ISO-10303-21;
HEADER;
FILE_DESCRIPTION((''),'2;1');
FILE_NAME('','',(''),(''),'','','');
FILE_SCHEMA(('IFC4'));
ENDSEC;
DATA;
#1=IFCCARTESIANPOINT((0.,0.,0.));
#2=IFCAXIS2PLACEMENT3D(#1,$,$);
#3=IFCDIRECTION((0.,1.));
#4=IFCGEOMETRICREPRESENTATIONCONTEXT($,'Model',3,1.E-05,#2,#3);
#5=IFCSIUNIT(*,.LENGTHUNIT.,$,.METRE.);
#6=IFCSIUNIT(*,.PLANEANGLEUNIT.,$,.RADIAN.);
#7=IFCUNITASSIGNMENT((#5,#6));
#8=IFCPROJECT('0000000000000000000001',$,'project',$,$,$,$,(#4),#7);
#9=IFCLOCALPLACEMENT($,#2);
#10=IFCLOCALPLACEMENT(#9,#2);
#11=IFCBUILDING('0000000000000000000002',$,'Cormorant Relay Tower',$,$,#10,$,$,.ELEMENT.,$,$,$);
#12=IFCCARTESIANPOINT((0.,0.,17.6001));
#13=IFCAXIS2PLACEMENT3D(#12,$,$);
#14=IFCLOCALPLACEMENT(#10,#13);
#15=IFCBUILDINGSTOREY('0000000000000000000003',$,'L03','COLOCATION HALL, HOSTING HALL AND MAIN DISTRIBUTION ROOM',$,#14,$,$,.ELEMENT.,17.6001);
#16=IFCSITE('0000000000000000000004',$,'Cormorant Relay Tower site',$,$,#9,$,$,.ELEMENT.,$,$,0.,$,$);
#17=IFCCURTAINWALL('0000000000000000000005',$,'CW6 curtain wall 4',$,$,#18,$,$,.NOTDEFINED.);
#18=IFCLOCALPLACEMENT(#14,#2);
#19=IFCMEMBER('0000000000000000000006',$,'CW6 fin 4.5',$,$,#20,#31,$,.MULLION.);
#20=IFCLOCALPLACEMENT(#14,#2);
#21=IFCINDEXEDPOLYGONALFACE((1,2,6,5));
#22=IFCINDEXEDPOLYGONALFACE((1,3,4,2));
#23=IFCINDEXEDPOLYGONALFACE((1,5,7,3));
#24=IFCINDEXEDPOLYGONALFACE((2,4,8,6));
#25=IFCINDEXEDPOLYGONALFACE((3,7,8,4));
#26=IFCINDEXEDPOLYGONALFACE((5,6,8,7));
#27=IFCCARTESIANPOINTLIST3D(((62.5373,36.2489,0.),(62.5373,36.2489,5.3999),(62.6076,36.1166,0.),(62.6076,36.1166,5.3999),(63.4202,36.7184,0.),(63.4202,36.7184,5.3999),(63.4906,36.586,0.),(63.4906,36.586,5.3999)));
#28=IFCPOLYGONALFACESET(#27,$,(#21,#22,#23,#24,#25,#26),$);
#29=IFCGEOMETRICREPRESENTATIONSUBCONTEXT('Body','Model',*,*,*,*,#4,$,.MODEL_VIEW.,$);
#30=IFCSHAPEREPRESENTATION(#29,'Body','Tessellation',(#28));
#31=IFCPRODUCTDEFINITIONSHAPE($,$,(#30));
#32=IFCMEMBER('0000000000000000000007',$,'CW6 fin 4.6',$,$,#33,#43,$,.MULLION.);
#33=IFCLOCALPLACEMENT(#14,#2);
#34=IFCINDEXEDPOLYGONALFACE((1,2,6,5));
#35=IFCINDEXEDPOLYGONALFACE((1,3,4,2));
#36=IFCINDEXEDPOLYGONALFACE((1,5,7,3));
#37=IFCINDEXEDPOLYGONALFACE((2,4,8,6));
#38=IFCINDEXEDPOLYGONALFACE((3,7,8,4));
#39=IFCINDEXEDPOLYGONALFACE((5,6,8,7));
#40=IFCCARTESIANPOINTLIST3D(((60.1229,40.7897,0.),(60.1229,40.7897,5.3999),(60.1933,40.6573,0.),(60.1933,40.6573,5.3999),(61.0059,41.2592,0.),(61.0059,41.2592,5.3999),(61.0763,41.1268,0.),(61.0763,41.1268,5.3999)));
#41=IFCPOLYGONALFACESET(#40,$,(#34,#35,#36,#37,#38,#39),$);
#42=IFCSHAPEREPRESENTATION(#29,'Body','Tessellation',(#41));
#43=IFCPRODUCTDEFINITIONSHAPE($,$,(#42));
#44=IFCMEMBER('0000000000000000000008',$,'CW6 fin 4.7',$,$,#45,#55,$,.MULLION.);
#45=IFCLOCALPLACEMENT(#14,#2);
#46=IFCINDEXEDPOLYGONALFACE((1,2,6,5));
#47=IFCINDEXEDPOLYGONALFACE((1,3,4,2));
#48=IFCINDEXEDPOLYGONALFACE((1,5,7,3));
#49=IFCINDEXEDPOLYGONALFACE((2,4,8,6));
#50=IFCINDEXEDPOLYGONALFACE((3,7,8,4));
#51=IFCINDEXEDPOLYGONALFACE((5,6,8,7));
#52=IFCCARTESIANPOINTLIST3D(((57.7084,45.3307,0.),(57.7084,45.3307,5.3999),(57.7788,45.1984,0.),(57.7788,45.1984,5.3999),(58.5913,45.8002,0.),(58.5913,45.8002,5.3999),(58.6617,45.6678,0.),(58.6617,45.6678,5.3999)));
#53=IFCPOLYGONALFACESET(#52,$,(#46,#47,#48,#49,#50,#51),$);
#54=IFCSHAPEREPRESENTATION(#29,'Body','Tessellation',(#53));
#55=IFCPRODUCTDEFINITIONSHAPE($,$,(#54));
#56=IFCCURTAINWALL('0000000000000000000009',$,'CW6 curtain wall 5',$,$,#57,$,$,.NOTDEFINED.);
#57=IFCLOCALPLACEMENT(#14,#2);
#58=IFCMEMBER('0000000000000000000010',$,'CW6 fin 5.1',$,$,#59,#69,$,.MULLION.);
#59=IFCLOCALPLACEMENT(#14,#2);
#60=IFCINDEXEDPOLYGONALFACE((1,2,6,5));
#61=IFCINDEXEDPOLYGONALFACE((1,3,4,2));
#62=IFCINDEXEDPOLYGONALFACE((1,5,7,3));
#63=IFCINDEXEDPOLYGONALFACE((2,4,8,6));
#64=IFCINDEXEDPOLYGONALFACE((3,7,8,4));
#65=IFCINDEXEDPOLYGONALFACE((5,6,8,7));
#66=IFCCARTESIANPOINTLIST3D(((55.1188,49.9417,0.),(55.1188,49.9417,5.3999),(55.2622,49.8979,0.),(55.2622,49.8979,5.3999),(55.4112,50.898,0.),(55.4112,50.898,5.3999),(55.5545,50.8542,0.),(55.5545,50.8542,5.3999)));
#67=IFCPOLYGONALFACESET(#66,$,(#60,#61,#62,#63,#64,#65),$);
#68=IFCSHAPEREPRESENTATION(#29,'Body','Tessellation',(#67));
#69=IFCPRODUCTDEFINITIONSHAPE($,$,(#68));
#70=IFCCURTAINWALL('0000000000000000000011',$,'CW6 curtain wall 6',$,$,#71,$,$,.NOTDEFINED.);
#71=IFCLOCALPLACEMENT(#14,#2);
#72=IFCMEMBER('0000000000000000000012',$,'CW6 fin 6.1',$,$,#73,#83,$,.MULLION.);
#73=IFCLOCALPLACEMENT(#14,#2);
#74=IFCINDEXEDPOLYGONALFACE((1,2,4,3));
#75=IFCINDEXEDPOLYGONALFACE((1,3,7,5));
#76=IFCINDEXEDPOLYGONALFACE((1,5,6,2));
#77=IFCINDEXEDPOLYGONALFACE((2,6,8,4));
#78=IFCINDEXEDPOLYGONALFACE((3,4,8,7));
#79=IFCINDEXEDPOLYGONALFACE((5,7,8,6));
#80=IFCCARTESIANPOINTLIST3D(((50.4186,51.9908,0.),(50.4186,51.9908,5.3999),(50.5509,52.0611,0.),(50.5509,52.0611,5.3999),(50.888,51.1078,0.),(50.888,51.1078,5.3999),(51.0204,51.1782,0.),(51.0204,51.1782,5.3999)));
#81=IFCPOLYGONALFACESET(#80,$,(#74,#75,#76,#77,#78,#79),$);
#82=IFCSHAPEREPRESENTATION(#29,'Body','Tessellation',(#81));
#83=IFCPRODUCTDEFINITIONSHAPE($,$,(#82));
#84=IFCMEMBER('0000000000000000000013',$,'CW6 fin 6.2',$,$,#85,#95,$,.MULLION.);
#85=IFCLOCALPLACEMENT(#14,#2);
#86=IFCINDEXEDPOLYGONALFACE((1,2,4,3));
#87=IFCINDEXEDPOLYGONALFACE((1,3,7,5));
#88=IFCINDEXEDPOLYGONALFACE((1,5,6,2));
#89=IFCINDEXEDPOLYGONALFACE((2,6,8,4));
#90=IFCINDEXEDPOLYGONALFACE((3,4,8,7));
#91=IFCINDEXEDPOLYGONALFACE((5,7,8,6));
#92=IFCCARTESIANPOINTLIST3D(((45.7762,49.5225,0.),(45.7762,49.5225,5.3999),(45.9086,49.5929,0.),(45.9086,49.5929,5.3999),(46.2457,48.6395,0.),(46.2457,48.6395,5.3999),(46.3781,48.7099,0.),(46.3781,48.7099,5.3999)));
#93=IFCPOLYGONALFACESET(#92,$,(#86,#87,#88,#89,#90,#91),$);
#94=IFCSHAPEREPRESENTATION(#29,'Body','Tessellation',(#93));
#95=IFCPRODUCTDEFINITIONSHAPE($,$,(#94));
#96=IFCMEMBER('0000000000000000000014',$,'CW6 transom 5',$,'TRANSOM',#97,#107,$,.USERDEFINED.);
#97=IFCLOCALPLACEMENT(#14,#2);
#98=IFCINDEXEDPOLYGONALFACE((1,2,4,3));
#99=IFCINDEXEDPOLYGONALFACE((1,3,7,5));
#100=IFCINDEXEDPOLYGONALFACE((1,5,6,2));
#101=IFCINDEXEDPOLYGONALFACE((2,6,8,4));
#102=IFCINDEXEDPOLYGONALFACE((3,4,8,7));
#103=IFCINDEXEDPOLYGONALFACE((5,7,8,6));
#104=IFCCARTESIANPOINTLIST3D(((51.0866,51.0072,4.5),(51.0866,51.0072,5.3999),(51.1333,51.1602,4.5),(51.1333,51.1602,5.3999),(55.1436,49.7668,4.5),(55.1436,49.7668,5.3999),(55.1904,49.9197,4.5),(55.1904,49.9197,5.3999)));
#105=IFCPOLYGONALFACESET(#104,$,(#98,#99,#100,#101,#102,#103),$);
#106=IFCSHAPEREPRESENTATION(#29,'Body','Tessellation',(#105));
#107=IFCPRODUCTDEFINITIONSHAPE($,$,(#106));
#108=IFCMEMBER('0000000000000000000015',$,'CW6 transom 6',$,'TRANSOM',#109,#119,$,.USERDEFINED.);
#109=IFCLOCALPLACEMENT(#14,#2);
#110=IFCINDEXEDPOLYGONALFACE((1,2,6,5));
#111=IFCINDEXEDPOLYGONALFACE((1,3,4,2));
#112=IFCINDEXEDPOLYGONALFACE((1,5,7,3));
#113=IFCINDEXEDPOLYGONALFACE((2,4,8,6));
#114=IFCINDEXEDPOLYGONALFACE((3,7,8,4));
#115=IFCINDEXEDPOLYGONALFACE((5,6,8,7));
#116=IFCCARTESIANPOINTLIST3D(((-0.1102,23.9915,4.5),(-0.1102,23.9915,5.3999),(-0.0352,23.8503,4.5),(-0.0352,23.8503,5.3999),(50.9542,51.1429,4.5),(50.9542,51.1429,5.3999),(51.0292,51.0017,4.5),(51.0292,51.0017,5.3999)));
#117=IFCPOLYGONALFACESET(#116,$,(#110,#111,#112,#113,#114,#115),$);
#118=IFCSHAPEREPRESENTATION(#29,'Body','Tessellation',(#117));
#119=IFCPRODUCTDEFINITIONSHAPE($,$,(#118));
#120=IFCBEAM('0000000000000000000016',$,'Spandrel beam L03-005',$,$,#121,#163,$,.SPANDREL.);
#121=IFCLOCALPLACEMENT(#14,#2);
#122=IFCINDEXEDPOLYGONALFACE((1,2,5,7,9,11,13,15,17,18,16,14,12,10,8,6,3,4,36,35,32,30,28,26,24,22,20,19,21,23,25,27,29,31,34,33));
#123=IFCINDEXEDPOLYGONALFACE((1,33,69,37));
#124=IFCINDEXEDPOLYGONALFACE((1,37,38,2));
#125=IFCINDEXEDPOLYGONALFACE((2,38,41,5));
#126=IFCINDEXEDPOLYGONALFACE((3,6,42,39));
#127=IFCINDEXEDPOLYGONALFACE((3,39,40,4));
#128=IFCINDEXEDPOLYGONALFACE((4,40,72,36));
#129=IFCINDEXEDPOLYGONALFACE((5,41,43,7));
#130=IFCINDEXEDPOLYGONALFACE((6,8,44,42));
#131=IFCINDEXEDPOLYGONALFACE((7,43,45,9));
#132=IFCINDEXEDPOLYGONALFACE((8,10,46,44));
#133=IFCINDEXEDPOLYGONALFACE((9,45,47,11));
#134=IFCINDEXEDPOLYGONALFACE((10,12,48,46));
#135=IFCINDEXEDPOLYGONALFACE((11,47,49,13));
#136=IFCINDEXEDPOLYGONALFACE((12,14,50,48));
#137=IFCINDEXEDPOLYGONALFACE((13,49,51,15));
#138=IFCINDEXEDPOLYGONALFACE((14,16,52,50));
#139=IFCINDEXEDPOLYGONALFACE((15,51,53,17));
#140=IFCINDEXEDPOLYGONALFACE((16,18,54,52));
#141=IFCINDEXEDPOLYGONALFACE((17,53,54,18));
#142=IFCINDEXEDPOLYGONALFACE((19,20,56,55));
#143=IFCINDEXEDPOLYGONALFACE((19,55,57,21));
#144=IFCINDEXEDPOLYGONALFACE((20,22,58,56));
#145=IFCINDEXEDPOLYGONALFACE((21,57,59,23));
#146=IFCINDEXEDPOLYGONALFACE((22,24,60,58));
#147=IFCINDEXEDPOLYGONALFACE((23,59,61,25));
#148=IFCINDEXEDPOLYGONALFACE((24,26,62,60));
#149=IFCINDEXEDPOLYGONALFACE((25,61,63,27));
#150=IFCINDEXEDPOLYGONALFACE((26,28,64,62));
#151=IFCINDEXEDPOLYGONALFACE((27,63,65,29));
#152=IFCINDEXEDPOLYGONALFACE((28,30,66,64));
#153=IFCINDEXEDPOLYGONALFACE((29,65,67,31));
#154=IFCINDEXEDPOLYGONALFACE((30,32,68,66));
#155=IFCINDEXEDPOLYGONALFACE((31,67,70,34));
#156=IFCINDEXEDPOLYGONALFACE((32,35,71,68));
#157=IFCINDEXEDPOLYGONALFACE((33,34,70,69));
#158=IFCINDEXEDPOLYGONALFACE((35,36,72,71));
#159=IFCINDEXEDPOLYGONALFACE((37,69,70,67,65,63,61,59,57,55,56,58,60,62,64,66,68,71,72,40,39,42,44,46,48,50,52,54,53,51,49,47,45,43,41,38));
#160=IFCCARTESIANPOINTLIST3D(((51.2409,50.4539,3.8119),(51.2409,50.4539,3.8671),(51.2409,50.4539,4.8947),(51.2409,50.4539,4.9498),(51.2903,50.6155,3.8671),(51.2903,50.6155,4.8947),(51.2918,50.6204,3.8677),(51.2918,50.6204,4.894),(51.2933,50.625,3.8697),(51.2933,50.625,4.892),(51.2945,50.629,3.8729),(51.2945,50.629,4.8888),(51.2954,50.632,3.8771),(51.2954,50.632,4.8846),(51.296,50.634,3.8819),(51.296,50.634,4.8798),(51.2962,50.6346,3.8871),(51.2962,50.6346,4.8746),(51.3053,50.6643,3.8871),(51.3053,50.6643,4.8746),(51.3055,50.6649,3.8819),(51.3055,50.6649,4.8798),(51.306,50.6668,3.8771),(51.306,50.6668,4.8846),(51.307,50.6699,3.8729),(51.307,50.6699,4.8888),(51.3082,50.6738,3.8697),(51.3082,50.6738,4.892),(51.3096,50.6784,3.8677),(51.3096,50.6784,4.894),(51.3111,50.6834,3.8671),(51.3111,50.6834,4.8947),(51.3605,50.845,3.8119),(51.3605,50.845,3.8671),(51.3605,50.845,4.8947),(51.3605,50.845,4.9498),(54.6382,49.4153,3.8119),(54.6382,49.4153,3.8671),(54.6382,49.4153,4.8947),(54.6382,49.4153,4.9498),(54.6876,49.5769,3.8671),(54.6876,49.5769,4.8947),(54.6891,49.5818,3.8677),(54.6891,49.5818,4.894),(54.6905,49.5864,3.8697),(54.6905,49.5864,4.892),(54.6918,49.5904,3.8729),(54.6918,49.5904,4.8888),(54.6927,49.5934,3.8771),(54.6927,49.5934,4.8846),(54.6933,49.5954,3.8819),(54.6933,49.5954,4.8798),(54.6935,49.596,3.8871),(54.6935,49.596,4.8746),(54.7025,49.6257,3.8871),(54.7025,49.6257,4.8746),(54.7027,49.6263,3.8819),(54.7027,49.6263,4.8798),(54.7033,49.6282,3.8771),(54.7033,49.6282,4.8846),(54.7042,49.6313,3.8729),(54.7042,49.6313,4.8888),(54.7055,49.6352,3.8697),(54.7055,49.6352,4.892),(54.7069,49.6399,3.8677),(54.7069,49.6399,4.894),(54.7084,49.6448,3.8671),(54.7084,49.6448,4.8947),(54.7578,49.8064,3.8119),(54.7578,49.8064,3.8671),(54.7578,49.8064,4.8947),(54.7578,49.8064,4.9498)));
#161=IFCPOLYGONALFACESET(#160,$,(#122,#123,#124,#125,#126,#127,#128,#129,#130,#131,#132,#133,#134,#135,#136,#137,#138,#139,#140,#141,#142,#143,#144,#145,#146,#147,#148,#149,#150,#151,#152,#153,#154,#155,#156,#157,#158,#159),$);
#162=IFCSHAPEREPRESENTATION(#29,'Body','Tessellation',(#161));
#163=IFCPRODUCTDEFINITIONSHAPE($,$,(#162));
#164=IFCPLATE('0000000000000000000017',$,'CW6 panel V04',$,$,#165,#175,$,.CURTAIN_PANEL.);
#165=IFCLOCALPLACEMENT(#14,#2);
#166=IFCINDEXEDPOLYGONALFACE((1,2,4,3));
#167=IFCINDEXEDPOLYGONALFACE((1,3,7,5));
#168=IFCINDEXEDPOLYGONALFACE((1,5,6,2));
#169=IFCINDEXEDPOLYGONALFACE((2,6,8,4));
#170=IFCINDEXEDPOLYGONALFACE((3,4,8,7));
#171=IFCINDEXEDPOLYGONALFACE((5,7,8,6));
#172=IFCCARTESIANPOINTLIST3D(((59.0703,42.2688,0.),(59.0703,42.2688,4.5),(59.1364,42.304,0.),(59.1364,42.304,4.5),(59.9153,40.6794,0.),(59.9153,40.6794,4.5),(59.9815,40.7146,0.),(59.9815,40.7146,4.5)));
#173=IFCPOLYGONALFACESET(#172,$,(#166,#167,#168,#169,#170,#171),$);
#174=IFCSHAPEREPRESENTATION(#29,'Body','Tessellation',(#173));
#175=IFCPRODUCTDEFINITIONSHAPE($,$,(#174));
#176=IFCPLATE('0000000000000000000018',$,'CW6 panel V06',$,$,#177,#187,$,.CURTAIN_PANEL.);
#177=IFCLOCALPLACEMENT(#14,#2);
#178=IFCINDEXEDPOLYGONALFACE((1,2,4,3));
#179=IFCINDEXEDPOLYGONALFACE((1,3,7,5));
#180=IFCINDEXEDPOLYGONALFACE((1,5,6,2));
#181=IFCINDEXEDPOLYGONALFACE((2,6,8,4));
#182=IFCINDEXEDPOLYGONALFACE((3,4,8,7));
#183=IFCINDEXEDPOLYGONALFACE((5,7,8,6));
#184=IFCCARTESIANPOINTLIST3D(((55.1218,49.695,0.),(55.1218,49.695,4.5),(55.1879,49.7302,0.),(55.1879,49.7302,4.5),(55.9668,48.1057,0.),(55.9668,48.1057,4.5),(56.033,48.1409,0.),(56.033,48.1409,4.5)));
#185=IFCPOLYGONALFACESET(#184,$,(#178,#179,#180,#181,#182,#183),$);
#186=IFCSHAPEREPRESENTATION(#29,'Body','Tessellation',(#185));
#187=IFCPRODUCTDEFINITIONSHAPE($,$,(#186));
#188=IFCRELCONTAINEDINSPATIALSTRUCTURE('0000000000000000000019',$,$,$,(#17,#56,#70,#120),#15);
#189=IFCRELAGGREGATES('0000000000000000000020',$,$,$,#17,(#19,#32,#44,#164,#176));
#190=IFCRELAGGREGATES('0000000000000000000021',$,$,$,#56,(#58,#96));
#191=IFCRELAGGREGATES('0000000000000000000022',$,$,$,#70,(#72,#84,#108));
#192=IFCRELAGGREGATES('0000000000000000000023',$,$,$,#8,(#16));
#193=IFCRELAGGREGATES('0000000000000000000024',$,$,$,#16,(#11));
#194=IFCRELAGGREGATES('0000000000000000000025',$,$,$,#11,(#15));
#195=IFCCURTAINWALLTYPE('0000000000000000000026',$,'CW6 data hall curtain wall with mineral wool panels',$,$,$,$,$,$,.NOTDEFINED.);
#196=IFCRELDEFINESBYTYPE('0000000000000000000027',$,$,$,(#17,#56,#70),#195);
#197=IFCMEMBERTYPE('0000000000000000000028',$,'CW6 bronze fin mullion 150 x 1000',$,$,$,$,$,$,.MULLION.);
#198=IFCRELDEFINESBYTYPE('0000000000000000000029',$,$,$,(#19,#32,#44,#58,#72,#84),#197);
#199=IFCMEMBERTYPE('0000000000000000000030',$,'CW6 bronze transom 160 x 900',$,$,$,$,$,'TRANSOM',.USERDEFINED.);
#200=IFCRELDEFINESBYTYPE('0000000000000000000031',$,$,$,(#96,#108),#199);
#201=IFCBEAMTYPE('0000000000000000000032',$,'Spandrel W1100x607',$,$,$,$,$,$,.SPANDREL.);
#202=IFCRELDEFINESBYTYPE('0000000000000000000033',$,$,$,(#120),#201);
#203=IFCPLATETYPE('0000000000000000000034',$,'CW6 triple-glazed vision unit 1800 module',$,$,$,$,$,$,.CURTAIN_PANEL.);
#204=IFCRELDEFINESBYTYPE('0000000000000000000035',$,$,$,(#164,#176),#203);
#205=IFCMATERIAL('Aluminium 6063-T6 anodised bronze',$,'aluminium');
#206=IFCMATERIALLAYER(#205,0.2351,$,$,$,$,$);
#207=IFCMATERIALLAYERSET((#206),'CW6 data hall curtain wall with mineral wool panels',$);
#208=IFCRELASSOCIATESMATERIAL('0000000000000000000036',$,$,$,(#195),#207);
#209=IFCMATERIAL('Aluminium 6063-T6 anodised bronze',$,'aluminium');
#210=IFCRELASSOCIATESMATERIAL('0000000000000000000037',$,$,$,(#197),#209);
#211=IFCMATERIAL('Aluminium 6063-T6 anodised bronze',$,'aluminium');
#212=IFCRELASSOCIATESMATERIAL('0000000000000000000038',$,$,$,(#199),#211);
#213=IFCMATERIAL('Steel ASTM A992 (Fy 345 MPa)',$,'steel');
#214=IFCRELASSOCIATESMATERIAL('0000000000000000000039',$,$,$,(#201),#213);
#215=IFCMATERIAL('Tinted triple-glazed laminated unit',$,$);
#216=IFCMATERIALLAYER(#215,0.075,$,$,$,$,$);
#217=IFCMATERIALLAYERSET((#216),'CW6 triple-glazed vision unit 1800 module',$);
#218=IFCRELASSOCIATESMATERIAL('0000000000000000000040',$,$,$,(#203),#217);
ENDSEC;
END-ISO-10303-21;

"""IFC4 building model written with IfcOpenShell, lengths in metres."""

from ifc_helpers import new_model, si_unit, direction, frame, origin, origin_2d, place, context, subcontext, project, spatial, rectangle, i_section, extrude, material, layer, layer_set, material_profile, profile_set, type_object, element, aggregate, save


model = new_model("IFC4")

# Units and contexts
model_context = context("Model", 3, precision=1e-05, world=origin(), true_north=direction((0.0, 1.0)))
body_context = subcontext(model_context, "Body", "Model", "MODEL_VIEW")
ifc_project = project(units=[si_unit("LENGTHUNIT", "METRE"), si_unit("PLANEANGLEUNIT", "RADIAN")], contexts=[model_context])

# Site, building, storey
site_placement = place(None, origin())
site = spatial("IfcSite", under=ifc_project, at=site_placement, Name="Cormorant Relay Tower site", CompositionType="ELEMENT", RefElevation=0.0)
building_placement = place(site_placement, origin())
building = spatial("IfcBuilding", under=site, at=building_placement, Name="Cormorant Relay Tower", CompositionType="ELEMENT")
storey_placement = place(building_placement, frame((0.0, 0.0, 17.6001)))
storey = spatial("IfcBuildingStorey", under=building, at=storey_placement, Name="L03", Description="COLOCATION HALL, HOSTING HALL AND MAIN DISTRIBUTION ROOM", CompositionType="ELEMENT", Elevation=17.6001)

# Curtain wall, members
ifc_material_1 = material(Name="Aluminium 6063-T6 anodised bronze", Category="aluminium")
ifc_layer_1 = layer(ifc_material_1, 0.2351)
ifc_layer_set_1 = layer_set([ifc_layer_1], Name="CW6 data hall curtain wall with mineral wool panels")
curtain_wall_type = type_object("IfcCurtainWallType", Name="CW6 data hall curtain wall with mineral wool panels", PredefinedType="NOTDEFINED", material=ifc_layer_set_1)
curtain_wall_1_placement = place(storey_placement, origin())
curtain_wall_1 = element("IfcCurtainWall", 1, at=curtain_wall_1_placement, inside=storey, type_object=curtain_wall_type, Name="CW6 curtain wall 4", PredefinedType="NOTDEFINED")
ifc_material_2 = material(Name="Aluminium 6063-T6 anodised bronze", Category="aluminium")
ifc_material_profile_1 = material_profile(ifc_material_2, rectangle(XDim=0.1499, YDim=1.0, at=origin_2d()), Name="AL 150x1000")
ifc_profile_set_1 = profile_set([ifc_material_profile_1], Name="Aluminium 6063-T6 anodised bronze")
member_type_1 = type_object("IfcMemberType", Name="CW6 bronze fin mullion 150 x 1000", PredefinedType="MULLION", material=ifc_profile_set_1)
member_1_placement = place(storey_placement, frame((63.0139, 36.4175, 0.0), z_axis=(0.0, 0.0, 1.0), x_axis=(-0.469472, 0.882948, 0.0)))
member_1 = element("IfcMember", 2, at=member_1_placement, type_object=member_type_1, Name="CW6 fin 4.5", PredefinedType="MULLION", context=body_context, shape_type="SweptSolid", body=[
    extrude(rectangle(XDim=0.1499, YDim=1.0, at=origin_2d()), origin(), (0.0, 0.0, 1.0), 5.3999),
])
member_2_placement = place(storey_placement, frame((60.5996, 40.9583, 0.0), z_axis=(0.0, 0.0, 1.0), x_axis=(-0.469472, 0.882948, 0.0)))
member_2 = element("IfcMember", 3, at=member_2_placement, type_object=member_type_1, Name="CW6 fin 4.6", PredefinedType="MULLION", context=body_context, shape_type="SweptSolid", body=[
    extrude(rectangle(XDim=0.1499, YDim=1.0, at=origin_2d()), origin(), (0.0, 0.0, 1.0), 5.3999),
])
member_3_placement = place(storey_placement, frame((58.1851, 45.4993, 0.0), z_axis=(0.0, 0.0, 1.0), x_axis=(-0.469472, 0.882948, 0.0)))
member_3 = element("IfcMember", 4, at=member_3_placement, type_object=member_type_1, Name="CW6 fin 4.7", PredefinedType="MULLION", context=body_context, shape_type="SweptSolid", body=[
    extrude(rectangle(XDim=0.1499, YDim=1.0, at=origin_2d()), origin(), (0.0, 0.0, 1.0), 5.3999),
])

# Curtain wall, member
curtain_wall_2_placement = place(storey_placement, origin())
curtain_wall_2 = element("IfcCurtainWall", 5, at=curtain_wall_2_placement, inside=storey, type_object=curtain_wall_type, Name="CW6 curtain wall 5", PredefinedType="NOTDEFINED")
member_4_placement = place(storey_placement, frame((55.3367, 50.3979, 0.0), z_axis=(0.0, 0.0, 1.0), x_axis=(-0.956305, 0.292372, 0.0)))
member_4 = element("IfcMember", 6, at=member_4_placement, type_object=member_type_1, Name="CW6 fin 5.1", PredefinedType="MULLION", context=body_context, shape_type="SweptSolid", body=[
    extrude(rectangle(XDim=0.1499, YDim=1.0, at=origin_2d()), origin(), (0.0, 0.0, 1.0), 5.3999),
])

# Curtain wall, members
curtain_wall_3_placement = place(storey_placement, origin())
curtain_wall_3 = element("IfcCurtainWall", 7, at=curtain_wall_3_placement, inside=storey, type_object=curtain_wall_type, Name="CW6 curtain wall 6", PredefinedType="NOTDEFINED")
member_5_placement = place(storey_placement, frame((50.7195, 51.5845, 0.0), z_axis=(0.0, 0.0, 1.0), x_axis=(-0.882948, -0.469472, 0.0)))
member_5 = element("IfcMember", 8, at=member_5_placement, type_object=member_type_1, Name="CW6 fin 6.1", PredefinedType="MULLION", context=body_context, shape_type="SweptSolid", body=[
    extrude(rectangle(XDim=0.1499, YDim=1.0, at=origin_2d()), origin(), (0.0, 0.0, 1.0), 5.3999),
])
member_6_placement = place(storey_placement, frame((46.0771, 49.1162, 0.0), z_axis=(0.0, 0.0, 1.0), x_axis=(-0.882948, -0.469472, 0.0)))
member_6 = element("IfcMember", 9, at=member_6_placement, type_object=member_type_1, Name="CW6 fin 6.2", PredefinedType="MULLION", context=body_context, shape_type="SweptSolid", body=[
    extrude(rectangle(XDim=0.1499, YDim=1.0, at=origin_2d()), origin(), (0.0, 0.0, 1.0), 5.3999),
])

# Members
ifc_material_3 = material(Name="Aluminium 6063-T6 anodised bronze", Category="aluminium")
ifc_material_profile_2 = material_profile(ifc_material_3, rectangle(XDim=0.1599, YDim=0.8999, at=origin_2d()), Name="AL 160x900")
ifc_profile_set_2 = profile_set([ifc_material_profile_2], Name="Aluminium 6063-T6 anodised bronze")
member_type_2 = type_object("IfcMemberType", Name="CW6 bronze transom 160 x 900", ElementType="TRANSOM", PredefinedType="USERDEFINED", material=ifc_profile_set_2)
member_7_placement = place(storey_placement, frame((55.167, 49.8433, 4.95), z_axis=(-0.956299, 0.292391, 0.0), x_axis=(-0.292391, -0.956299, 0.0)))
member_7 = element("IfcMember", 10, at=member_7_placement, type_object=member_type_2, Name="CW6 transom 5", ObjectType="TRANSOM", PredefinedType="USERDEFINED", context=body_context, shape_type="SweptSolid", body=[
    extrude(rectangle(XDim=0.1599, YDim=0.8999, at=origin_2d()), origin(), (0.0, 0.0, 1.0), 4.2424),
])
member_8_placement = place(storey_placement, frame((50.9917, 51.0723, 4.95), z_axis=(-0.882948, -0.46947, 0.0), x_axis=(0.46947, -0.882948, 0.0)))
member_8 = element("IfcMember", 11, at=member_8_placement, type_object=member_type_2, Name="CW6 transom 6", ObjectType="TRANSOM", PredefinedType="USERDEFINED", context=body_context, shape_type="SweptSolid", body=[
    extrude(rectangle(XDim=0.1599, YDim=0.8999, at=origin_2d()), origin(), (0.0, 0.0, 1.0), 57.834),
])

# Beam
ifc_material_4 = material(Name="Steel ASTM A992 (Fy 345 MPa)", Category="steel")
ifc_material_profile_3 = material_profile(ifc_material_4, i_section(OverallWidth=0.4089, OverallDepth=1.1379, WebThickness=0.031, FlangeThickness=0.0552, FilletRadius=0.02, at=origin_2d()), Name="W1100x607")
ifc_profile_set_3 = profile_set([ifc_material_profile_3], Name="Steel ASTM A992 (Fy 345 MPa)")
beam_type = type_object("IfcBeamType", Name="Spandrel W1100x607", PredefinedType="SPANDREL", material=ifc_profile_set_3)
beam_placement = place(storey_placement, frame((54.698, 49.6108, 4.3809), z_axis=(-0.956309, 0.292356, 0.0), x_axis=(-0.292356, -0.956309, 0.0)))
element("IfcBeam", 12, at=beam_placement, inside=storey, type_object=beam_type, Name="Spandrel beam L03-005", PredefinedType="SPANDREL", context=body_context, shape_type="SweptSolid", body=[
    extrude(i_section(OverallWidth=0.4089, OverallDepth=1.1379, WebThickness=0.031, FlangeThickness=0.0552, FilletRadius=0.02, at=origin_2d()), origin(), (0.0, 0.0, 1.0), 3.5525),
])

# Plates
ifc_material_5 = material(Name="Tinted triple-glazed laminated unit")
ifc_layer_2 = layer(ifc_material_5, 0.075)
ifc_layer_set_2 = layer_set([ifc_layer_2], Name="CW6 triple-glazed vision unit 1800 module")
plate_type = type_object("IfcPlateType", Name="CW6 triple-glazed vision unit 1800 module", PredefinedType="CURTAIN_PANEL", material=ifc_layer_set_2)
plate_1_placement = place(storey_placement, frame((59.5259, 41.4917, 0.0), z_axis=(0.0, 0.0, 1.0), x_axis=(-0.469472, 0.882948, 0.0)))
plate_1 = element("IfcPlate", 13, at=plate_1_placement, type_object=plate_type, Name="CW6 panel V04", PredefinedType="CURTAIN_PANEL", context=body_context, shape_type="SweptSolid", body=[
    extrude(rectangle(XDim=1.8, YDim=0.075, at=origin_2d()), origin(), (0.0, 0.0, 1.0), 4.5),
])
plate_2_placement = place(storey_placement, frame((55.5774, 48.918, 0.0), z_axis=(0.0, 0.0, 1.0), x_axis=(-0.469472, 0.882948, 0.0)))
plate_2 = element("IfcPlate", 14, at=plate_2_placement, type_object=plate_type, Name="CW6 panel V06", PredefinedType="CURTAIN_PANEL", context=body_context, shape_type="SweptSolid", body=[
    extrude(rectangle(XDim=1.8, YDim=0.075, at=origin_2d()), origin(), (0.0, 0.0, 1.0), 4.5),
])

aggregate(curtain_wall_1, [member_1, member_2, member_3, plate_1, plate_2])
aggregate(curtain_wall_2, [member_4, member_7])
aggregate(curtain_wall_3, [member_5, member_6, member_8])

save(model, "model.ifc")
